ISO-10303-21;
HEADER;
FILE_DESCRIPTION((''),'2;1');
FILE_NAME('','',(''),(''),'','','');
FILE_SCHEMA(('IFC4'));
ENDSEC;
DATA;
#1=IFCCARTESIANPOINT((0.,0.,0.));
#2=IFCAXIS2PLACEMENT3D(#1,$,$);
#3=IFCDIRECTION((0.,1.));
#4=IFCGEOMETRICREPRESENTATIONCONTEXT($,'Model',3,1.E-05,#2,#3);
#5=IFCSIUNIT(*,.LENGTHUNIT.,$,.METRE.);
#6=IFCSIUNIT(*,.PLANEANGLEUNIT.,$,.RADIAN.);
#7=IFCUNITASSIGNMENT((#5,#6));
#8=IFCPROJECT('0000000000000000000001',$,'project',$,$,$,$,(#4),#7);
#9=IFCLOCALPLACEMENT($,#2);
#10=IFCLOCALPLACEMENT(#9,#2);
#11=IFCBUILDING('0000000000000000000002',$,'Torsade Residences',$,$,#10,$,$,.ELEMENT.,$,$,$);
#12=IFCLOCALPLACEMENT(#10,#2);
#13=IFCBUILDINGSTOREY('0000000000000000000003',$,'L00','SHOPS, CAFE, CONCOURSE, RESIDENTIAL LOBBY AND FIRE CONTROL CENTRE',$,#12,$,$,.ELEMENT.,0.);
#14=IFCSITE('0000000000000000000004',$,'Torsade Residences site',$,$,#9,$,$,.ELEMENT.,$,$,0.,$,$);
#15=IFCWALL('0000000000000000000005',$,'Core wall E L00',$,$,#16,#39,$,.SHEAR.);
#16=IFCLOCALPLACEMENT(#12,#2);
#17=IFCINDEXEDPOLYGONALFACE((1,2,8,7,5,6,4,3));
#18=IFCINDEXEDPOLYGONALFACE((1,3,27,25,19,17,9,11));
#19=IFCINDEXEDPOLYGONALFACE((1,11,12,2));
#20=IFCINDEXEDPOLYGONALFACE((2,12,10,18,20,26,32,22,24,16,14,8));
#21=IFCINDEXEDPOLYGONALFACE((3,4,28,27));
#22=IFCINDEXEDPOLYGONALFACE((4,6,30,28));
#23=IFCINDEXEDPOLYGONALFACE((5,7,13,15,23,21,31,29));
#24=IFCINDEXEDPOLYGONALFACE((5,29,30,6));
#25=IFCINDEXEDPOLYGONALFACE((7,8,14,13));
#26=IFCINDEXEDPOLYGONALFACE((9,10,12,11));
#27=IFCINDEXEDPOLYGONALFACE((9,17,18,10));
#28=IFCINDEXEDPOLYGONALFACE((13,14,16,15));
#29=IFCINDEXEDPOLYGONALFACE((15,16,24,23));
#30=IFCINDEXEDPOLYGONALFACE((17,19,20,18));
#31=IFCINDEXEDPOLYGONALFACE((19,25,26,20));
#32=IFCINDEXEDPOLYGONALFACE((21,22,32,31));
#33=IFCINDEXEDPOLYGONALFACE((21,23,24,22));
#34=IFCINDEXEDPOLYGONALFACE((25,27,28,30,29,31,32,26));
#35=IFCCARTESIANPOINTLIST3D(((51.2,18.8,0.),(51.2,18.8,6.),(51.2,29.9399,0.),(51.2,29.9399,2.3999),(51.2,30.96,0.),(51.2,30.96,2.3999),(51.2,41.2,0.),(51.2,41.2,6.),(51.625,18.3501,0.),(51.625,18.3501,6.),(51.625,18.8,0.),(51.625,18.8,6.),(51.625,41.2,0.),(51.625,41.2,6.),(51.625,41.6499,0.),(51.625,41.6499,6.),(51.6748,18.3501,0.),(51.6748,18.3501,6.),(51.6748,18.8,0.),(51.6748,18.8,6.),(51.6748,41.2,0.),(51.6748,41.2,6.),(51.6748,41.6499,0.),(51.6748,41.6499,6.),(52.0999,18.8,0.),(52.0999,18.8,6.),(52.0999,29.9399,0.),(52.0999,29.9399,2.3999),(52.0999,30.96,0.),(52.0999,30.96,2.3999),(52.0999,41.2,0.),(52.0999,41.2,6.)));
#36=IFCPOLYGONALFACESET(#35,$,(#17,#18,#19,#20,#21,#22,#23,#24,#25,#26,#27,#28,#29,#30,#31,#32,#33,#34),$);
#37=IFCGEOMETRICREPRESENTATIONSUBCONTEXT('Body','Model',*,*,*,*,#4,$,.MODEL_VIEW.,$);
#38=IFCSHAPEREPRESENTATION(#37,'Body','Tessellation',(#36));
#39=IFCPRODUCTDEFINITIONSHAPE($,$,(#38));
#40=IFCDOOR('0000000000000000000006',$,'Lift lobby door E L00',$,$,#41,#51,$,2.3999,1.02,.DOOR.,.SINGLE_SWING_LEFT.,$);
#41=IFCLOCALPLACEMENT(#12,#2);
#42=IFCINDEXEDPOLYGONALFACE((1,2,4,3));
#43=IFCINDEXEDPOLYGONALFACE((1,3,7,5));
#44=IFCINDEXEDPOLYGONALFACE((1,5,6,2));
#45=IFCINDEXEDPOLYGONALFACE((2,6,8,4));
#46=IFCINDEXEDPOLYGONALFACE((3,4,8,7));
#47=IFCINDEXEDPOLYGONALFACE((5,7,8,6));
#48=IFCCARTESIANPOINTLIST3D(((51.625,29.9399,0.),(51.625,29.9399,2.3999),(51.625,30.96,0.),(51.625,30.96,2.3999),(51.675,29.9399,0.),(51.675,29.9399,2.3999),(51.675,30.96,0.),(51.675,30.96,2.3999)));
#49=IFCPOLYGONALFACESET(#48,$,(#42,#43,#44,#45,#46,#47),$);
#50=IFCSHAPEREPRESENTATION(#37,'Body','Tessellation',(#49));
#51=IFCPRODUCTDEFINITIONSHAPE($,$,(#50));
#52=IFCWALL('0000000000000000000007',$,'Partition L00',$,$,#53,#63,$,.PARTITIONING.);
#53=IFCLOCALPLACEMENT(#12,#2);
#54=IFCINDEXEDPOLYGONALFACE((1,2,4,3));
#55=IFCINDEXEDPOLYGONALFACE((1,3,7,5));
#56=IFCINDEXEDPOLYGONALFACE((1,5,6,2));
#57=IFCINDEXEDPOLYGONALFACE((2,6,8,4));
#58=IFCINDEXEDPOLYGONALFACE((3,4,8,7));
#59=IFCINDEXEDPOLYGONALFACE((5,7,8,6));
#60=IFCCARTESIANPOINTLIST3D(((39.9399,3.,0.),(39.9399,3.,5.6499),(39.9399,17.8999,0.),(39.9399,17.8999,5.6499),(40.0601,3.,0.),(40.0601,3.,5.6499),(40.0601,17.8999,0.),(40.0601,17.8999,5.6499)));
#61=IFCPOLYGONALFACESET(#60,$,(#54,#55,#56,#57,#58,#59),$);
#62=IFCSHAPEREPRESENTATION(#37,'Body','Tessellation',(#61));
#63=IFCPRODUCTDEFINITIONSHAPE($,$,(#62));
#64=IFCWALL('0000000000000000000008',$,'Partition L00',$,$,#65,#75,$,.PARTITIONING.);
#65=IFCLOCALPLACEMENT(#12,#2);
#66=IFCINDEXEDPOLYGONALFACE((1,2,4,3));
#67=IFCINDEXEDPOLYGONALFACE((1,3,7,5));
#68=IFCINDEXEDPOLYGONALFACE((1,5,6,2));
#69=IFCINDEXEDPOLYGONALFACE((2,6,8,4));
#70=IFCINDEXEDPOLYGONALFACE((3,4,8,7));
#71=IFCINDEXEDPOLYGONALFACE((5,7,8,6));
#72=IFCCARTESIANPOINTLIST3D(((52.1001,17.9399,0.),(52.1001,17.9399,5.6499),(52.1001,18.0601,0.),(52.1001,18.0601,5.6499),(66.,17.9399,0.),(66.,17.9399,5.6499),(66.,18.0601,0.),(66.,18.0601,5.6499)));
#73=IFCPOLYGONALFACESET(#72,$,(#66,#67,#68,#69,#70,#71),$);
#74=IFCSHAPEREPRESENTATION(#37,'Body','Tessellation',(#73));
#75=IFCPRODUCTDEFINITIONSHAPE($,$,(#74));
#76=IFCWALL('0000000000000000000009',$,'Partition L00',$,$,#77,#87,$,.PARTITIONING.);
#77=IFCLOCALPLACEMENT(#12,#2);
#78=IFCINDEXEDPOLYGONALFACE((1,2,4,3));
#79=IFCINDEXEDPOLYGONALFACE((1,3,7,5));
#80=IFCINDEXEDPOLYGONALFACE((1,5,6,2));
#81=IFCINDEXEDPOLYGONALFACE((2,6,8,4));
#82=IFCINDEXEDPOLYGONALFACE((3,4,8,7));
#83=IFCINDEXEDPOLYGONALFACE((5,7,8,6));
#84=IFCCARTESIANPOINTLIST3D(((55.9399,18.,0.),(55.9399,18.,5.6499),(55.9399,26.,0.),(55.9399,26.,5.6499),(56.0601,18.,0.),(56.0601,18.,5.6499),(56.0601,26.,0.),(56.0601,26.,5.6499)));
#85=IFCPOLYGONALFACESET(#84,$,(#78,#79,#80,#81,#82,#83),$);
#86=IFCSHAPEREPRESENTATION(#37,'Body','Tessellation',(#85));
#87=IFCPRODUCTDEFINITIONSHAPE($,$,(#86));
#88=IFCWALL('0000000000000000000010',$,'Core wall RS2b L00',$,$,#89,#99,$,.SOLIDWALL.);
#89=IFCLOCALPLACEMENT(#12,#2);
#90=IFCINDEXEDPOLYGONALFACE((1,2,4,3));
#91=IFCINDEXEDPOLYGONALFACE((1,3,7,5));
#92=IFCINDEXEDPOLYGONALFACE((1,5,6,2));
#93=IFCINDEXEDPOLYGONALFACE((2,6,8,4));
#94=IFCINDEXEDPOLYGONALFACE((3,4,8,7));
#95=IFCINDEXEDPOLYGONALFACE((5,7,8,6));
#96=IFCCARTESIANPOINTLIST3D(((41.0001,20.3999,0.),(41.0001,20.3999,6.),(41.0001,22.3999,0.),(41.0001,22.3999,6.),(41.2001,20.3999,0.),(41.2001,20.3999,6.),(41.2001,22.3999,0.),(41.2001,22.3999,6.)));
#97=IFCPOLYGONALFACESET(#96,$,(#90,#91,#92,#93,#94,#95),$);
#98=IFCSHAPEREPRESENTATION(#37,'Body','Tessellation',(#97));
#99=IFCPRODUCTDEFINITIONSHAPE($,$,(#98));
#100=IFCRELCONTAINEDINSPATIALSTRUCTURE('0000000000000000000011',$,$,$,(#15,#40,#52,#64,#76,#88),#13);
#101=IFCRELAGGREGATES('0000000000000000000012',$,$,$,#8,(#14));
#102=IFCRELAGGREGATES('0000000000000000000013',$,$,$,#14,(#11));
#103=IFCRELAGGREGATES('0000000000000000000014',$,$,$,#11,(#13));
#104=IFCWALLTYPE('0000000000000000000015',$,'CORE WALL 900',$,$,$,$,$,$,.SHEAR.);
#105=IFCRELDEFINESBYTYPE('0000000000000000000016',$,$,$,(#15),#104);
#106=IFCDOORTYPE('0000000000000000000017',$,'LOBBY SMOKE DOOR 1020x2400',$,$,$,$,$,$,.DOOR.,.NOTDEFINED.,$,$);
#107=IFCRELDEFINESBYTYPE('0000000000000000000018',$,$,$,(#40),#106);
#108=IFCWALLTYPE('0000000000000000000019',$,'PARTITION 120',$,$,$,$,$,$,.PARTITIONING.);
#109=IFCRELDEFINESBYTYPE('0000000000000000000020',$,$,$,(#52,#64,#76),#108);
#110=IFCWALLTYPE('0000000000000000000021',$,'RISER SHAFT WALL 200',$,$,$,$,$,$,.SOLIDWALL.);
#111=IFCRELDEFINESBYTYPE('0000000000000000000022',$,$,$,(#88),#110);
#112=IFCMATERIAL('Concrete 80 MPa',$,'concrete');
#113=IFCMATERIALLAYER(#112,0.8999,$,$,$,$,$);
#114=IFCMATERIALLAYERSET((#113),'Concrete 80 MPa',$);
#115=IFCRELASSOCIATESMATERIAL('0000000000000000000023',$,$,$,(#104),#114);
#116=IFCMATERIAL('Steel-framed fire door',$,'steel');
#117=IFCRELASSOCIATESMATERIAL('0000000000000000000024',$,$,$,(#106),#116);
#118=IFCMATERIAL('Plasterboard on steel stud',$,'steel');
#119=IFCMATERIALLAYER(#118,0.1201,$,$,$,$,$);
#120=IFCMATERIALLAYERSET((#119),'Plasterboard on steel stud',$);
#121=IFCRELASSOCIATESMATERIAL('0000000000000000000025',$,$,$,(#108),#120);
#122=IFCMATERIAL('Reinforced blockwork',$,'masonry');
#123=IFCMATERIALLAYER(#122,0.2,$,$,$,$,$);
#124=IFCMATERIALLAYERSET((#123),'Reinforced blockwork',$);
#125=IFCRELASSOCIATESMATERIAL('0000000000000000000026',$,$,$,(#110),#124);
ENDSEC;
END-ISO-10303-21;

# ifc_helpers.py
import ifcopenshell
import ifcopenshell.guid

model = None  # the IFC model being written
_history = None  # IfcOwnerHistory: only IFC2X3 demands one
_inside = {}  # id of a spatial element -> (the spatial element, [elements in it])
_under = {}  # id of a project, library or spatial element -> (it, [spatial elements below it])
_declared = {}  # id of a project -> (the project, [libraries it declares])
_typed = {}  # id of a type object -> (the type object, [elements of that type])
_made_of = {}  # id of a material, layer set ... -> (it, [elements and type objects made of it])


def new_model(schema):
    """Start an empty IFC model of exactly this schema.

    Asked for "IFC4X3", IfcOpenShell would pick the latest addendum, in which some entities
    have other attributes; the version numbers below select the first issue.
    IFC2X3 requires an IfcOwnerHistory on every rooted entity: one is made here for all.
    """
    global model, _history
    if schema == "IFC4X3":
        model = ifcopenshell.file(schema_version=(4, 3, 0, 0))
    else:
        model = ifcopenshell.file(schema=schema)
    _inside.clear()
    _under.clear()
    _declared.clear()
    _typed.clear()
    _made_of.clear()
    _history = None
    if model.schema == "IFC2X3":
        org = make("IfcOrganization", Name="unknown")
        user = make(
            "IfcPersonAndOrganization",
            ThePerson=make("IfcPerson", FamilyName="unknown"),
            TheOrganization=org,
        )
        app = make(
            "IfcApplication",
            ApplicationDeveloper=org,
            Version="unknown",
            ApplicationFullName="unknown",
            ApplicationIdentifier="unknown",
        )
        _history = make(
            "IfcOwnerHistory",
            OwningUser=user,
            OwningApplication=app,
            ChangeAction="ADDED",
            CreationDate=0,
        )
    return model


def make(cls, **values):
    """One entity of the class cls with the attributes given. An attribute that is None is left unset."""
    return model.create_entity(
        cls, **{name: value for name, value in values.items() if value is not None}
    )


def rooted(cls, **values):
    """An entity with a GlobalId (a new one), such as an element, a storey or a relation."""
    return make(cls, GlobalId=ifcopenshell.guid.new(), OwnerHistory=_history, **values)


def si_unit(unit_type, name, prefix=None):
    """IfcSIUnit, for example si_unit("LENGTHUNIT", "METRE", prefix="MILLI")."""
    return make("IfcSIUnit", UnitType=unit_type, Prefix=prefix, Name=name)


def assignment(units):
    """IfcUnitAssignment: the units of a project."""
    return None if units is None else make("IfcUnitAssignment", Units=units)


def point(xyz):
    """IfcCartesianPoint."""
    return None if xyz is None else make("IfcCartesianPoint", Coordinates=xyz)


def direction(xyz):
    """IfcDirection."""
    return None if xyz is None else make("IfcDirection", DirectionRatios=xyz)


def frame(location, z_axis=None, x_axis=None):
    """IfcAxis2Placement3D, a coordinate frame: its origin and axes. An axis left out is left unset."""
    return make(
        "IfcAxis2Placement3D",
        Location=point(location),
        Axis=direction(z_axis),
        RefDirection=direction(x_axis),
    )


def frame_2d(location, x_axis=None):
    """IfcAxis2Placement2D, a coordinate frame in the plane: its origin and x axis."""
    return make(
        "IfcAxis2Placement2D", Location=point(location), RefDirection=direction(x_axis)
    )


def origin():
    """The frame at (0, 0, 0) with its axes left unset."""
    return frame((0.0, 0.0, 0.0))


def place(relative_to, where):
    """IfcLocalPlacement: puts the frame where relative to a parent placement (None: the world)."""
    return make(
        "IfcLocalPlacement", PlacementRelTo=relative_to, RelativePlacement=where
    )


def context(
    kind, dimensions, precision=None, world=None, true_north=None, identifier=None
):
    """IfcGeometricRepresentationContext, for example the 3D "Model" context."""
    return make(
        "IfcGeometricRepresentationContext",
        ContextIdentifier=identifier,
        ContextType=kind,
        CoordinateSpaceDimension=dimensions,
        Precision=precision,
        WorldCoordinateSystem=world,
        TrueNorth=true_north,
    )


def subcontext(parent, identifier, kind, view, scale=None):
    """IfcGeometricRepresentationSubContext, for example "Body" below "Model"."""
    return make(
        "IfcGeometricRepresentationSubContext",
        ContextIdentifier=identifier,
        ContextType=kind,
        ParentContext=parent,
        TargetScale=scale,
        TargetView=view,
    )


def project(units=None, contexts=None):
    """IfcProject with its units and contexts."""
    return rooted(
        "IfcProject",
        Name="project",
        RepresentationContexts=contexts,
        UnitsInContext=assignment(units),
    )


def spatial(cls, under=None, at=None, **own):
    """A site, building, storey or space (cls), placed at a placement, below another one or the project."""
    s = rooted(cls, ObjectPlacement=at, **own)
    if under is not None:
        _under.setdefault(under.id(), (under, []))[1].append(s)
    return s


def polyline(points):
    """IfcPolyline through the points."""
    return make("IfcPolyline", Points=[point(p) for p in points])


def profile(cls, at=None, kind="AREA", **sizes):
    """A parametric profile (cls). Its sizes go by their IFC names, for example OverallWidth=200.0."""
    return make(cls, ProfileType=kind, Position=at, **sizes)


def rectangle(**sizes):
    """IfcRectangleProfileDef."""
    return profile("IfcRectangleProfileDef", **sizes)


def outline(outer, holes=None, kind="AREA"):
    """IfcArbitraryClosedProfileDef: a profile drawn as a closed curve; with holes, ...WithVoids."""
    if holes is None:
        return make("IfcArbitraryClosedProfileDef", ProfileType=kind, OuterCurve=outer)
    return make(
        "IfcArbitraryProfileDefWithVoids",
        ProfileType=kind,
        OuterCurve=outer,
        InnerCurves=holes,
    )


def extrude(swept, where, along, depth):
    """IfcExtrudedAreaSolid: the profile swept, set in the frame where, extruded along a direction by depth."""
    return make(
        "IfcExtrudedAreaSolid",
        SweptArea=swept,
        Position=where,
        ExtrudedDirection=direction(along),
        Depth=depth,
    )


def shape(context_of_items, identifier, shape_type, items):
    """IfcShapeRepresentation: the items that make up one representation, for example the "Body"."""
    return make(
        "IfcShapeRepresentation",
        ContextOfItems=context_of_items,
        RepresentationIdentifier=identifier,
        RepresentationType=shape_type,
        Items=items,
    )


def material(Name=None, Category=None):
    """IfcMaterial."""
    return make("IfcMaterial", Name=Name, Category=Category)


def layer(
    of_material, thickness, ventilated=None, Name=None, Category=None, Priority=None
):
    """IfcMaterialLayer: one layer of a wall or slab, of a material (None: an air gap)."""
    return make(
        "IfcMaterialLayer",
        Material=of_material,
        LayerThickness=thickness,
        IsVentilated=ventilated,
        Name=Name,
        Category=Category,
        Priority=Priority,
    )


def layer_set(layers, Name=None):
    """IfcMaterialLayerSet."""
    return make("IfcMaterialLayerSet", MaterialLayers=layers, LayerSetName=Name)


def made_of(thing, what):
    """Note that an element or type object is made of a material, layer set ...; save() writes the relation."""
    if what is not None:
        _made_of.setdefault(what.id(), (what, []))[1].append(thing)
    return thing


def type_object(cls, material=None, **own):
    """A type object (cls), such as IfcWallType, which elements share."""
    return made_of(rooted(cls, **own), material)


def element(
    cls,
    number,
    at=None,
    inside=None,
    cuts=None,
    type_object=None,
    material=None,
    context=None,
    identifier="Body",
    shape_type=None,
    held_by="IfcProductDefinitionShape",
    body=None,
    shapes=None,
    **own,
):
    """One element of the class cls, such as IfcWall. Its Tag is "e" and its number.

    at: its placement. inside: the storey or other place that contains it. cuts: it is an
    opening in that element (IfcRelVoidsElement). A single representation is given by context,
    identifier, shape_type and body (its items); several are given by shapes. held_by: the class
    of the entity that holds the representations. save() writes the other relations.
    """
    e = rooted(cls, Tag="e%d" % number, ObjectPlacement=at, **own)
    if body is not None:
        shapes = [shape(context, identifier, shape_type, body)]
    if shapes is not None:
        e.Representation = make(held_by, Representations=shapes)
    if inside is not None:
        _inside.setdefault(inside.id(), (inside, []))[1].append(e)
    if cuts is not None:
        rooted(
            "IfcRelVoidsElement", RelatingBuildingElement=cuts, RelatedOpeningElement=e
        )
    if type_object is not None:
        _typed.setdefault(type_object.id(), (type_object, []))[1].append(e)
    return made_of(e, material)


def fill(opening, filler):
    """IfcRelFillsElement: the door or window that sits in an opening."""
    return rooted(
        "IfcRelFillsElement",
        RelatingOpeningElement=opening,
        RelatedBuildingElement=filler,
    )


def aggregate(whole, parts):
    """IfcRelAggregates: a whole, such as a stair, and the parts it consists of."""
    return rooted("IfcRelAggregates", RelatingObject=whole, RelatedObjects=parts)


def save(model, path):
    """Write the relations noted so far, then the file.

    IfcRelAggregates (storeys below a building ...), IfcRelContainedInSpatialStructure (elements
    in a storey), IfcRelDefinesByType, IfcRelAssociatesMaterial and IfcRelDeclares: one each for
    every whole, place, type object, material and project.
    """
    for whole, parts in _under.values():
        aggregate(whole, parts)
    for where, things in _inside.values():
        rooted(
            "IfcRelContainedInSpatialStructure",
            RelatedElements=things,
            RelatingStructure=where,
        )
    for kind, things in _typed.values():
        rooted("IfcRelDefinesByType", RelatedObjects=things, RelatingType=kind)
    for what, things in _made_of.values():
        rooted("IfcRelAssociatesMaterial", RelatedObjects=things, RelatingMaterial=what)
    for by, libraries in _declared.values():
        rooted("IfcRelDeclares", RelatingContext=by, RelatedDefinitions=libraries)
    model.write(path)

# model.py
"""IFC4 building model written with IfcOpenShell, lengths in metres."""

from ifc_helpers import new_model, si_unit, direction, frame, frame_2d, origin, place, context, subcontext, project, spatial, polyline, rectangle, outline, extrude, material, layer, layer_set, type_object, element, fill, save


model = new_model("IFC4")

# Units and contexts
model_context = context("Model", 3, precision=1e-05, world=origin(), true_north=direction((0.0, 1.0)))
body_context = subcontext(model_context, "Body", "Model", "MODEL_VIEW")
ifc_project = project(units=[si_unit("LENGTHUNIT", "METRE"), si_unit("PLANEANGLEUNIT", "RADIAN")], contexts=[model_context])

# Site, building, storey
site_placement = place(None, origin())
site = spatial("IfcSite", under=ifc_project, at=site_placement, Name="Torsade Residences site", CompositionType="ELEMENT", RefElevation=0.0)
building_placement = place(site_placement, origin())
building = spatial("IfcBuilding", under=site, at=building_placement, Name="Torsade Residences", CompositionType="ELEMENT")
storey_placement = place(building_placement, origin())
storey = spatial("IfcBuildingStorey", under=building, at=storey_placement, Name="L00", Description="SHOPS, CAFE, CONCOURSE, RESIDENTIAL LOBBY AND FIRE CONTROL CENTRE", CompositionType="ELEMENT", Elevation=0.0)

# Shared definitions
ifc_material_1 = material(Name="Concrete 80 MPa", Category="concrete")
ifc_layer_1 = layer(ifc_material_1, 0.8999)
ifc_layer_set_1 = layer_set([ifc_layer_1], Name="Concrete 80 MPa")
wall_type_1 = type_object("IfcWallType", Name="CORE WALL 900", PredefinedType="SHEAR", material=ifc_layer_set_1)

# Wall, opening, door
wall_1_placement = place(storey_placement, frame((51.6499, 18.8, 0.0), z_axis=(0.0, 0.0, 1.0), x_axis=(0.0, 1.0, 0.0)))
wall_1 = element("IfcWall", 1, at=wall_1_placement, inside=storey, type_object=wall_type_1, Name="Core wall E L00", PredefinedType="SHEAR", context=body_context, shape_type="SweptSolid", body=[
    extrude(outline(polyline([(0.0, -0.45), (22.3999, -0.45), (22.3999, -0.0249), (22.8499, -0.0249), (22.8499, 0.0249), (22.3999, 0.0249), (22.3999, 0.45), (0.0, 0.45), (0.0, 0.0249), (-0.45, 0.0249), (-0.45, -0.0249), (0.0, -0.0249), (0.0, -0.45)])), origin(), (0.0, 0.0, 1.0), 6.0),
])
opening_1_placement = place(wall_1_placement, frame((11.1399, 0.0, 0.0)))
opening_1 = element("IfcOpeningElement", 2, at=opening_1_placement, cuts=wall_1, PredefinedType="OPENING", context=body_context, shape_type="SweptSolid", body=[
    extrude(rectangle(XDim=1.02, YDim=2.3999, at=frame_2d((0.51, 1.2))), frame((0.0, 0.46, 0.0), z_axis=(0.0, -1.0, 0.0), x_axis=(1.0, 0.0, 0.0)), (0.0, 0.0, 1.0), 0.9199),
])
ifc_material_2 = material(Name="Steel-framed fire door", Category="steel")
door_type_1 = type_object("IfcDoorType", Name="LOBBY SMOKE DOOR 1020x2400", OperationType="NOTDEFINED", PredefinedType="DOOR", material=ifc_material_2)
door_1_placement = place(opening_1_placement, origin())
door_1 = element("IfcDoor", 3, at=door_1_placement, inside=storey, type_object=door_type_1, Name="Lift lobby door E L00", OperationType="SINGLE_SWING_LEFT", OverallHeight=2.3999, OverallWidth=1.02, PredefinedType="DOOR", context=body_context, shape_type="SweptSolid", body=[
    extrude(rectangle(XDim=1.02, YDim=2.3999, at=frame_2d((0.51, 1.2))), frame((0.0, 0.0249, 0.0), z_axis=(0.0, -1.0, 0.0), x_axis=(1.0, 0.0, 0.0)), (0.0, 0.0, 1.0), 0.05),
])
fill(opening_1, door_1)

# Walls
ifc_material_3 = material(Name="Plasterboard on steel stud", Category="steel")
ifc_layer_2 = layer(ifc_material_3, 0.1201)
ifc_layer_set_2 = layer_set([ifc_layer_2], Name="Plasterboard on steel stud")
wall_type_2 = type_object("IfcWallType", Name="PARTITION 120", PredefinedType="PARTITIONING", material=ifc_layer_set_2)
wall_2_placement = place(storey_placement, frame((40.0, 17.8999, 0.0), z_axis=(0.0, 0.0, 1.0), x_axis=(0.0, -1.0, 0.0)))
element("IfcWall", 4, at=wall_2_placement, inside=storey, type_object=wall_type_2, Name="Partition L00", PredefinedType="PARTITIONING", context=body_context, shape_type="SweptSolid", body=[
    extrude(rectangle(XDim=14.8999, YDim=0.1201, at=frame_2d((7.45, 0.0))), origin(), (0.0, 0.0, 1.0), 5.6499),
])
wall_3_placement = place(storey_placement, frame((52.1001, 18.0, 0.0), z_axis=(0.0, 0.0, 1.0), x_axis=(1.0, 0.0, 0.0)))
element("IfcWall", 5, at=wall_3_placement, inside=storey, type_object=wall_type_2, Name="Partition L00", PredefinedType="PARTITIONING", context=body_context, shape_type="SweptSolid", body=[
    extrude(rectangle(XDim=13.8999, YDim=0.1201, at=frame_2d((6.95, 0.0))), origin(), (0.0, 0.0, 1.0), 5.6499),
])
wall_4_placement = place(storey_placement, frame((56.0, 26.0, 0.0), z_axis=(0.0, 0.0, 1.0), x_axis=(0.0, -1.0, 0.0)))
element("IfcWall", 6, at=wall_4_placement, inside=storey, type_object=wall_type_2, Name="Partition L00", PredefinedType="PARTITIONING", context=body_context, shape_type="SweptSolid", body=[
    extrude(rectangle(XDim=8.0, YDim=0.1201, at=frame_2d((4.0, 0.0))), origin(), (0.0, 0.0, 1.0), 5.6499),
])
ifc_material_4 = material(Name="Reinforced blockwork", Category="masonry")
ifc_layer_3 = layer(ifc_material_4, 0.2)
ifc_layer_set_3 = layer_set([ifc_layer_3], Name="Reinforced blockwork")
wall_type_3 = type_object("IfcWallType", Name="RISER SHAFT WALL 200", PredefinedType="SOLIDWALL", material=ifc_layer_set_3)
wall_5_placement = place(storey_placement, frame((41.1001, 22.3999, 0.0), z_axis=(0.0, 0.0, 1.0), x_axis=(0.0, -1.0, 0.0)))
element("IfcWall", 7, at=wall_5_placement, inside=storey, type_object=wall_type_3, Name="Core wall RS2b L00", PredefinedType="SOLIDWALL", context=body_context, shape_type="SweptSolid", body=[
    extrude(rectangle(XDim=2.0, YDim=0.2, at=frame_2d((1.0, 0.0))), origin(), (0.0, 0.0, 1.0), 6.0),
])

save(model, "model.ifc")
